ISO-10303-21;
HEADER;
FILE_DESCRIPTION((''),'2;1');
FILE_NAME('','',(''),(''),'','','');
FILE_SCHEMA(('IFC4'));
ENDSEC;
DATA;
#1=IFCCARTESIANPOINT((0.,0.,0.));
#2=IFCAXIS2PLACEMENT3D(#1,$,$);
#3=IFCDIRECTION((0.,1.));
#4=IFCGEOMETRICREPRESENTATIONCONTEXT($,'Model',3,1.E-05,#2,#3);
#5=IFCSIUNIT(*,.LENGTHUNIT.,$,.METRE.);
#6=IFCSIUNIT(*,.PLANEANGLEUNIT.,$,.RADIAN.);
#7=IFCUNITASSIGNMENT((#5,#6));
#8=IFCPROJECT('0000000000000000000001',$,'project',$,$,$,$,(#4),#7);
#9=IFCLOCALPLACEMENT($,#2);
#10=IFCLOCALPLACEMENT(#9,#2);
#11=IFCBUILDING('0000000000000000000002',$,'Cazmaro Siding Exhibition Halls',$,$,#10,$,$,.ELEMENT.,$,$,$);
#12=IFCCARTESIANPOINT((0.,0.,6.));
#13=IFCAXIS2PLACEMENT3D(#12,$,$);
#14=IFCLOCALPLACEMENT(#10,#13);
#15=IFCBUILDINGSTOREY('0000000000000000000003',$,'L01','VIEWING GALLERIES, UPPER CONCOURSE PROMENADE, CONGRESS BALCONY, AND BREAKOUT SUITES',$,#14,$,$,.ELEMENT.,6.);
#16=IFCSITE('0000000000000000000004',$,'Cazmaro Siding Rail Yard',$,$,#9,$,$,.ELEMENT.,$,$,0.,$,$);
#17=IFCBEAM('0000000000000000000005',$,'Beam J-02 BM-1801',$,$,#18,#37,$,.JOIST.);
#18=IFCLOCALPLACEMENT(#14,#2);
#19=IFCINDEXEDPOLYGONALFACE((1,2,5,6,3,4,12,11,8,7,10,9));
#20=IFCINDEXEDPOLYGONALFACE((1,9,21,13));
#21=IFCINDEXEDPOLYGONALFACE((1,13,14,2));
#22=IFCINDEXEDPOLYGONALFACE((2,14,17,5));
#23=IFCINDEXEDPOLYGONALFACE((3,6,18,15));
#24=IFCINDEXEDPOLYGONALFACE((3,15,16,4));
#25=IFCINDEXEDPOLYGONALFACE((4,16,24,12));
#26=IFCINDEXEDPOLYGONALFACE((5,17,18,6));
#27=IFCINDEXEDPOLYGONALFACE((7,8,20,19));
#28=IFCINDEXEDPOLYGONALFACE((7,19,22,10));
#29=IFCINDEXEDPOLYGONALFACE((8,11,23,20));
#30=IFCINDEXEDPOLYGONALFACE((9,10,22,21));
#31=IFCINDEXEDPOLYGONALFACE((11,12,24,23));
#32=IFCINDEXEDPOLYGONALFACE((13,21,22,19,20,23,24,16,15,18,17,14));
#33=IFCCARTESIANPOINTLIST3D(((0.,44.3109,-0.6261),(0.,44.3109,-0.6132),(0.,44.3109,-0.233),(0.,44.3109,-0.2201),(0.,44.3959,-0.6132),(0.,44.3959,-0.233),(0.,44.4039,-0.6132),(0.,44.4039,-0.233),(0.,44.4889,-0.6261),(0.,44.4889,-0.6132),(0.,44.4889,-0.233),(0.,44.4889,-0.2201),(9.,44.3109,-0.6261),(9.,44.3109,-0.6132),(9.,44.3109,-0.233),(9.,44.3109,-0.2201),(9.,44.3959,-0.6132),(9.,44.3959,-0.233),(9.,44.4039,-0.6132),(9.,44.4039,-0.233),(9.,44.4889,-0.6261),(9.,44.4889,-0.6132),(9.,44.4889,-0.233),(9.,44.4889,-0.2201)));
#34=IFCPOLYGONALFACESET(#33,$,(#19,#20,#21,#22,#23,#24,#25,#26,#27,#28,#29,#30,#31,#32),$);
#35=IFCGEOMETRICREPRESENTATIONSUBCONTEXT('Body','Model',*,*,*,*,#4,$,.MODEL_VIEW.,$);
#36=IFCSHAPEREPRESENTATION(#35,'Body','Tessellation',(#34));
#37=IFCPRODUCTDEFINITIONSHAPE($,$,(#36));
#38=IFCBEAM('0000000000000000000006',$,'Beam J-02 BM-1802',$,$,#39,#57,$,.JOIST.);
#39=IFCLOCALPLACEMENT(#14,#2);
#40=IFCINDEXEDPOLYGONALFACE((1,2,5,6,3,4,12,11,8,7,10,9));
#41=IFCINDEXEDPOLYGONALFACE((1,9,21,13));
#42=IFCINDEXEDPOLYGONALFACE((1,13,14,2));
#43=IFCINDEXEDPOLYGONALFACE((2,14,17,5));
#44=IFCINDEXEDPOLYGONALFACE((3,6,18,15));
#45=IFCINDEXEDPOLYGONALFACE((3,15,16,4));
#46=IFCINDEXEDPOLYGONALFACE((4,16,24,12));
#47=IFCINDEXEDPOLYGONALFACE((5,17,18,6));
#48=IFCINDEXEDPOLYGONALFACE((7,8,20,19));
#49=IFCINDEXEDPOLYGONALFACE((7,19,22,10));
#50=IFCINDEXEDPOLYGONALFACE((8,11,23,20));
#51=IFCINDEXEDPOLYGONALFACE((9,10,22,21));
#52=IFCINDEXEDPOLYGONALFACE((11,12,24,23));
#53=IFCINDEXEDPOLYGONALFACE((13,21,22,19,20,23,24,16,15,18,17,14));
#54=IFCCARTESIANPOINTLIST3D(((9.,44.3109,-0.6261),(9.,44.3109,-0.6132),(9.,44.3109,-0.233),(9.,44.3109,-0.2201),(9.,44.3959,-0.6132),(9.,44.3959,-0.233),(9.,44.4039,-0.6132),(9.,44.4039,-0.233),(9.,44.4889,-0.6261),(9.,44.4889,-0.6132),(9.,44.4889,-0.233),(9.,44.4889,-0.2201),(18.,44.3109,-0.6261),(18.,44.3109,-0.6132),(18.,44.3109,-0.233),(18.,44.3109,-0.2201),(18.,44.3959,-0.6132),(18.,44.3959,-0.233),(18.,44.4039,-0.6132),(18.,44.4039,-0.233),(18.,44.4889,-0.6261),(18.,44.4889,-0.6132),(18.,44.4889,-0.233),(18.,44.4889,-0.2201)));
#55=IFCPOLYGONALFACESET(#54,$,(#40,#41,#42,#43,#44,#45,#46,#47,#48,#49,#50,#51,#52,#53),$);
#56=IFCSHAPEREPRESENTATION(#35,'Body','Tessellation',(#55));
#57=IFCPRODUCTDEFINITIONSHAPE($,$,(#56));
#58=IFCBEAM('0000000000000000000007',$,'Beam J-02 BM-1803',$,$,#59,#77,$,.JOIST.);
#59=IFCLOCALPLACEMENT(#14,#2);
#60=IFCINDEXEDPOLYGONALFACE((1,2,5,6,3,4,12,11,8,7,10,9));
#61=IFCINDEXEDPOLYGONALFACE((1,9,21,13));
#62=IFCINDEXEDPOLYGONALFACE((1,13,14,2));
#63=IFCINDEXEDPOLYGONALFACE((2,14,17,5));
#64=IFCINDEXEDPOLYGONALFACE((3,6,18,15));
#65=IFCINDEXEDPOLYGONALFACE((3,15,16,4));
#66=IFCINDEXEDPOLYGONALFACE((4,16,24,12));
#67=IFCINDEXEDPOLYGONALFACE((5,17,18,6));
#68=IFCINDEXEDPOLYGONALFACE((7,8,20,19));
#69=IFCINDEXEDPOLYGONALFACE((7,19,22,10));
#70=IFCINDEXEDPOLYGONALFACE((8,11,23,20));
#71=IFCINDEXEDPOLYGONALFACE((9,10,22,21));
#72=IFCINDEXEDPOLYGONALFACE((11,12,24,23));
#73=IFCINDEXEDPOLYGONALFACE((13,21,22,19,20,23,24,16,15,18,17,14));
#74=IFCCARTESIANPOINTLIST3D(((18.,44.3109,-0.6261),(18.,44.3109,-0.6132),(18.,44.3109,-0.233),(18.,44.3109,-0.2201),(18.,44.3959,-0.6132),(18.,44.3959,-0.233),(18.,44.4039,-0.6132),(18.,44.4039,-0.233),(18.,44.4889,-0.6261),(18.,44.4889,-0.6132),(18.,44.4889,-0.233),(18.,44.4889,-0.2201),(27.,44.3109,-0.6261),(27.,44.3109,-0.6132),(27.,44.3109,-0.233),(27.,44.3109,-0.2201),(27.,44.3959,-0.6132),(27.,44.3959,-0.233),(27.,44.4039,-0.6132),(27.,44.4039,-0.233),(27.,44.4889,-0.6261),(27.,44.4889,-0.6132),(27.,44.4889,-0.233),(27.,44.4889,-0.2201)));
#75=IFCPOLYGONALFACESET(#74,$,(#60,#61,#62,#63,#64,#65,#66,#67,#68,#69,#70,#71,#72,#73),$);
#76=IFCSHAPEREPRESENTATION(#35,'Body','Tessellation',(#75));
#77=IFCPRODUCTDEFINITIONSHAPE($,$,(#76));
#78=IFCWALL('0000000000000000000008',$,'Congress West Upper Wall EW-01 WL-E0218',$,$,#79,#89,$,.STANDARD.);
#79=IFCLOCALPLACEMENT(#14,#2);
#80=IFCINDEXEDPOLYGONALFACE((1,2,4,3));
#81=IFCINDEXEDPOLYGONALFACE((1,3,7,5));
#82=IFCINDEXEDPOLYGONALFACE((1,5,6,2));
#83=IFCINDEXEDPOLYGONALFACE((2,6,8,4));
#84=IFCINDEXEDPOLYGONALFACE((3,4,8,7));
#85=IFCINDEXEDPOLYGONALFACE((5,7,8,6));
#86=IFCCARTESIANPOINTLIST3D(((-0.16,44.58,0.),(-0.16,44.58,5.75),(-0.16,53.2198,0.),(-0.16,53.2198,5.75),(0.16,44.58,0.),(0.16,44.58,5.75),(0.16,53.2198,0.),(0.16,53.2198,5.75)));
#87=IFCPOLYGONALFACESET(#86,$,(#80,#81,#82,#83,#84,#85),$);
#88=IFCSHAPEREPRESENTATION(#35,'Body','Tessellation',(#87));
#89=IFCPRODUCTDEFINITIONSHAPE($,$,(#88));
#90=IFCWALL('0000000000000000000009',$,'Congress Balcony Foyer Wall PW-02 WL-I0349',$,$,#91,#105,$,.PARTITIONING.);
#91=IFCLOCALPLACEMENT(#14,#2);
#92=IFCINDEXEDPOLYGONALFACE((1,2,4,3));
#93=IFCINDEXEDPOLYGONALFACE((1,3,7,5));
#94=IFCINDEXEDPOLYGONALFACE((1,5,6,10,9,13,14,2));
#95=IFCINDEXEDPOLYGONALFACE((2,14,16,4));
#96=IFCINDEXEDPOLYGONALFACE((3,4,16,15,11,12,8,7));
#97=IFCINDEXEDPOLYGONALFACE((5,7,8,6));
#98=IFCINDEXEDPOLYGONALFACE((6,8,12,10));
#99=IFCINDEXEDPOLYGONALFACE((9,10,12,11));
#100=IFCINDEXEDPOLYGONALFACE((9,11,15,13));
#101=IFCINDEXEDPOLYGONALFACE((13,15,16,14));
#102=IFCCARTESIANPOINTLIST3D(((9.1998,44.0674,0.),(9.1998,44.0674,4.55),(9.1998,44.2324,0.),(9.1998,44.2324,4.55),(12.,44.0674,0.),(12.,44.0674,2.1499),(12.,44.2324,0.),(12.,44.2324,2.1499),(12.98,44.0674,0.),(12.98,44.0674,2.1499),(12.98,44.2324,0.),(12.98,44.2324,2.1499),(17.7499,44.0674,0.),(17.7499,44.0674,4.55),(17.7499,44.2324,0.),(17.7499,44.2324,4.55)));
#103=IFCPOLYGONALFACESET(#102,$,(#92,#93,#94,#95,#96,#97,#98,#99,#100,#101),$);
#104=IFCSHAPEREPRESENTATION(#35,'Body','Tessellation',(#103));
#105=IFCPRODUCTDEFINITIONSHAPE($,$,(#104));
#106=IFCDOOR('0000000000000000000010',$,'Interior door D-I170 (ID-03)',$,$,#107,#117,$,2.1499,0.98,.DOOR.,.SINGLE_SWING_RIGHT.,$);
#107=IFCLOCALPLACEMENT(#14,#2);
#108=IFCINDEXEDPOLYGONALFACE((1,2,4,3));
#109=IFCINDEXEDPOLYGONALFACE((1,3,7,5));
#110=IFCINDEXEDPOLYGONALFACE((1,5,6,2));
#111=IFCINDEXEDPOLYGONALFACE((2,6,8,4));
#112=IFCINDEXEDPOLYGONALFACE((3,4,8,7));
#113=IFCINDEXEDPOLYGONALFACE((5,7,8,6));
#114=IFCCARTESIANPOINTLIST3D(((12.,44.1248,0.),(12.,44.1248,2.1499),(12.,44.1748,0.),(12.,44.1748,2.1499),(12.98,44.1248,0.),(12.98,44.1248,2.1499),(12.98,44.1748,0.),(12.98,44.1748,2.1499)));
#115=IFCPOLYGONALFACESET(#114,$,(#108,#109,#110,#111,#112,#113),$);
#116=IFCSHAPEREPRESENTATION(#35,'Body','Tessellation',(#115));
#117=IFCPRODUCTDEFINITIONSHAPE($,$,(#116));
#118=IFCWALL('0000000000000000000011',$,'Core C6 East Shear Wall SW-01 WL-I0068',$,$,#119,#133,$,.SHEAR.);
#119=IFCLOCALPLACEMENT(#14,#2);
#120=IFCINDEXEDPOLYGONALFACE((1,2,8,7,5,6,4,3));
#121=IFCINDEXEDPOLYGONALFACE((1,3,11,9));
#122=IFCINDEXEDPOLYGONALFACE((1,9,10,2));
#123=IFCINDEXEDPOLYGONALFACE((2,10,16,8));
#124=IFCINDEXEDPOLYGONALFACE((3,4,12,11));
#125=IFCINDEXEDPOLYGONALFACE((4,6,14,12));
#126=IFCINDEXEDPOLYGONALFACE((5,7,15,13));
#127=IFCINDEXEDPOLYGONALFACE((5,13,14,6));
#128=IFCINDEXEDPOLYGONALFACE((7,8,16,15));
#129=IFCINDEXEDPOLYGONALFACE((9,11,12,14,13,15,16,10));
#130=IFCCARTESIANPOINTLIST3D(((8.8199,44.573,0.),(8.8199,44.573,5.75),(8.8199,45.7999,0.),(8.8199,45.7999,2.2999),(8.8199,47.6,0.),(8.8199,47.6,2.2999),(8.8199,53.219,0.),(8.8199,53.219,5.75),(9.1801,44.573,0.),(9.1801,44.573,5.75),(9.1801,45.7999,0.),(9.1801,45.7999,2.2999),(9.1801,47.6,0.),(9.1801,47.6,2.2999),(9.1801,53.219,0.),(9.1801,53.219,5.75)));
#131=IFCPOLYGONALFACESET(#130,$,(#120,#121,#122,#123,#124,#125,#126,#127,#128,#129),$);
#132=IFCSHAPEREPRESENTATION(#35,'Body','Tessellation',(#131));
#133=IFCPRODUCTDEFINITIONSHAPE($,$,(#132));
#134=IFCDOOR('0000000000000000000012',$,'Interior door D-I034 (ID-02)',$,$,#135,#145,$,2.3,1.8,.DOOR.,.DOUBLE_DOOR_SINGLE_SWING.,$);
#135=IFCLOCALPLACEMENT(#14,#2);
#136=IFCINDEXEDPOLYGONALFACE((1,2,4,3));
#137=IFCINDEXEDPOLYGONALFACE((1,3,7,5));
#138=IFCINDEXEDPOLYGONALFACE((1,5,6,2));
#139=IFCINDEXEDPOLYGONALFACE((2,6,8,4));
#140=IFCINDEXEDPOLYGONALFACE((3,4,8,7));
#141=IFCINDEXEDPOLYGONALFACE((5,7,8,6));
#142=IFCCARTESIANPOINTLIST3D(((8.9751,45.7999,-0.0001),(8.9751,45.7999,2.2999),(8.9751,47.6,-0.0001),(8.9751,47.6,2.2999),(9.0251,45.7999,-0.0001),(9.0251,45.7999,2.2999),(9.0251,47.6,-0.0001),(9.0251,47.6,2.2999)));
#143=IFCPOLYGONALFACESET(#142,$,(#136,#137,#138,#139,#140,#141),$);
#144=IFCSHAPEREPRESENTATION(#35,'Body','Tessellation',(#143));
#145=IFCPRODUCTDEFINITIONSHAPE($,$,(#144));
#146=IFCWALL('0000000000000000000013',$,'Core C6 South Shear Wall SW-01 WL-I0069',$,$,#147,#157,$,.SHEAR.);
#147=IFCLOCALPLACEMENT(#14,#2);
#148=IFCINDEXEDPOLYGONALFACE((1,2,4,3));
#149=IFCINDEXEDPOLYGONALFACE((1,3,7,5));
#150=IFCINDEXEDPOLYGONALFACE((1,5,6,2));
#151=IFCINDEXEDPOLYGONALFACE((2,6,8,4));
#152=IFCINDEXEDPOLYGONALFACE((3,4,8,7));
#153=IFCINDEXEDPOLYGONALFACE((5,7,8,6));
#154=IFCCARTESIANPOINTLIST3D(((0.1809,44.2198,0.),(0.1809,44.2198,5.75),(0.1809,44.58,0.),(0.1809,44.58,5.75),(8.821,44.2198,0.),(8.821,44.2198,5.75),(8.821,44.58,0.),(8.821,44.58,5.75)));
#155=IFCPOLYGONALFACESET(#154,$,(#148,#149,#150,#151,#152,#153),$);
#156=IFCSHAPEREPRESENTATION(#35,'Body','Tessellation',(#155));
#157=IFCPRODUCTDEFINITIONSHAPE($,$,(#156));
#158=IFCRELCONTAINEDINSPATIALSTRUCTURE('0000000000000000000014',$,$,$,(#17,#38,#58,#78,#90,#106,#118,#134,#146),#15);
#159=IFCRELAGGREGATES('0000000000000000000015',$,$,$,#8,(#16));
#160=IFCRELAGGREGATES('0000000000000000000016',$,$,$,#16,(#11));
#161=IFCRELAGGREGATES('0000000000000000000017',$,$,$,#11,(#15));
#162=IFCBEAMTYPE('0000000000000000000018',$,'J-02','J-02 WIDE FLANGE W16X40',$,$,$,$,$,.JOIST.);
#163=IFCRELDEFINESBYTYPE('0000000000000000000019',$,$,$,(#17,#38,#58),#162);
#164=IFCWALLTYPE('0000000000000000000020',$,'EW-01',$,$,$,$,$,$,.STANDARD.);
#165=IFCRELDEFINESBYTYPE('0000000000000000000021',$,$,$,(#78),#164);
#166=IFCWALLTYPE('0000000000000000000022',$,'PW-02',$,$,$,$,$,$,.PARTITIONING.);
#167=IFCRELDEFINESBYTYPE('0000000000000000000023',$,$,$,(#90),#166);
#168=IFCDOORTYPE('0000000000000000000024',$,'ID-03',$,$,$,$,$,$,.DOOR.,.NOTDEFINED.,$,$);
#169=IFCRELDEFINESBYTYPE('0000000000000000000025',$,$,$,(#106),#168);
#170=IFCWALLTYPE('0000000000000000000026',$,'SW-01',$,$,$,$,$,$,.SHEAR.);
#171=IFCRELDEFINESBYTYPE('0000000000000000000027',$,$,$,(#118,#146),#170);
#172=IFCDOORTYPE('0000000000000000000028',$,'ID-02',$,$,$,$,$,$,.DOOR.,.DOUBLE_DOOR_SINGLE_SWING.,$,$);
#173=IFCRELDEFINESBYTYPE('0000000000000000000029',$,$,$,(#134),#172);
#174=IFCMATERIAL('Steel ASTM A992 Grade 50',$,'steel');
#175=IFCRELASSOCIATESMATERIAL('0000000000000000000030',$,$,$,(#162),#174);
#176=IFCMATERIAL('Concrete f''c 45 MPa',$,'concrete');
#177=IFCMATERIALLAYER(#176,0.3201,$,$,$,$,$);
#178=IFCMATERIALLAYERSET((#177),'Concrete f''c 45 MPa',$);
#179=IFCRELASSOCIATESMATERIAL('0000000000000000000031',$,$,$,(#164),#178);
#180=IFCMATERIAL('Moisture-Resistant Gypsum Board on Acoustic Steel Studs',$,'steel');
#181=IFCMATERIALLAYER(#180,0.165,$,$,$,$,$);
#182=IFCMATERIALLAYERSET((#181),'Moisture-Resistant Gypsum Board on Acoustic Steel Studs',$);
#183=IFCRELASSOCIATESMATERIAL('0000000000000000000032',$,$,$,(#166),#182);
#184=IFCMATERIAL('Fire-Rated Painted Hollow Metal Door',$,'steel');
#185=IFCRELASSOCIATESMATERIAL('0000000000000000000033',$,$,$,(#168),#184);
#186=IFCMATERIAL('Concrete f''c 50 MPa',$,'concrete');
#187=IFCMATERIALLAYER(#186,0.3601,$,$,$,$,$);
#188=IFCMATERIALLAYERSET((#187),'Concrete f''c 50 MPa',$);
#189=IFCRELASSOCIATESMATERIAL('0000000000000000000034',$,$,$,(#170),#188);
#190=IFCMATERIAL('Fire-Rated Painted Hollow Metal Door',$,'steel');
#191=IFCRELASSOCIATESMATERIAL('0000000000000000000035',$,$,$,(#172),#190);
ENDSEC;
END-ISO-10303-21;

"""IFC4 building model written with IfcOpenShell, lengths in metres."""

from ifc_helpers import new_model, si_unit, direction, frame, frame_2d, origin, origin_2d, place, context, subcontext, project, spatial, rectangle, i_section, extrude, material, layer, layer_set, material_profile, profile_set, type_object, element, fill, save


model = new_model("IFC4")

# Units and contexts
model_context = context("Model", 3, precision=1e-05, world=origin(), true_north=direction((0.0, 1.0)))
body_context = subcontext(model_context, "Body", "Model", "MODEL_VIEW")
ifc_project = project(units=[si_unit("LENGTHUNIT", "METRE"), si_unit("PLANEANGLEUNIT", "RADIAN")], contexts=[model_context])

# Site, building, storey
site_placement = place(None, origin())
site = spatial("IfcSite", under=ifc_project, at=site_placement, Name="Cazmaro Siding Rail Yard", CompositionType="ELEMENT", RefElevation=0.0)
building_placement = place(site_placement, origin())
building = spatial("IfcBuilding", under=site, at=building_placement, Name="Cazmaro Siding Exhibition Halls", CompositionType="ELEMENT")
storey_placement = place(building_placement, frame((0.0, 0.0, 6.0)))
storey = spatial("IfcBuildingStorey", under=building, at=storey_placement, Name="L01", Description="VIEWING GALLERIES, UPPER CONCOURSE PROMENADE, CONGRESS BALCONY, AND BREAKOUT SUITES", CompositionType="ELEMENT", Elevation=6.0)

# Beams
ifc_material_1 = material(Name="Steel ASTM A992 Grade 50", Category="steel")
ifc_material_profile_1 = material_profile(ifc_material_1, i_section(OverallWidth=0.178, OverallDepth=0.406, WebThickness=0.0081, FlangeThickness=0.0129, at=origin_2d()), Name="W16X40")
ifc_profile_set_1 = profile_set([ifc_material_profile_1], Name="Steel ASTM A992 Grade 50")
beam_type_1 = type_object("IfcBeamType", Name="J-02", Description="J-02 WIDE FLANGE W16X40", PredefinedType="JOIST", material=ifc_profile_set_1)
for number, where, z_axis, x_axis, name in (
    (1, (0.0, 44.3999, -0.4231), (1.0, 0.0, 0.0), (0.0, 1.0, 0.0), "Beam J-02 BM-1801"),
    (2, (9.0, 44.3999, -0.4231), (1.0, 0.0, 0.0), (0.0, 1.0, 0.0), "Beam J-02 BM-1802"),
    (3, (18.0, 44.3999, -0.4231), (1.0, 0.0, 0.0), (0.0, 1.0, 0.0), "Beam J-02 BM-1803"),
):
    element("IfcBeam", number, at=place(storey_placement, frame(where, z_axis=z_axis, x_axis=x_axis)), inside=storey, type_object=beam_type_1, Name=name, PredefinedType="JOIST", context=body_context, shape_type="SweptSolid", body=[
        extrude(i_section(OverallWidth=0.178, OverallDepth=0.406, WebThickness=0.0081, FlangeThickness=0.0129, at=origin_2d()), origin(), (0.0, 0.0, 1.0), 9.0),
    ])

# Wall
ifc_material_2 = material(Name="Concrete f'c 45 MPa", Category="concrete")
ifc_layer_1 = layer(ifc_material_2, 0.3201)
ifc_layer_set_1 = layer_set([ifc_layer_1], Name="Concrete f'c 45 MPa")
wall_type_1 = type_object("IfcWallType", Name="EW-01", PredefinedType="STANDARD", material=ifc_layer_set_1)
wall_1_placement = place(storey_placement, frame((0.0, 44.5801, 0.0), z_axis=(0.0, 0.0, 1.0), x_axis=(0.0, 1.0, 0.0)))
element("IfcWall", 4, at=wall_1_placement, inside=storey, type_object=wall_type_1, Name="Congress West Upper Wall EW-01 WL-E0218", PredefinedType="STANDARD", context=body_context, shape_type="SweptSolid", body=[
    extrude(rectangle(XDim=8.6399, YDim=0.3201, at=frame_2d((4.3198, 0.0))), origin(), (0.0, 0.0, 1.0), 5.75),
])

# Walls, openings, doors
ifc_material_3 = material(Name="Moisture-Resistant Gypsum Board on Acoustic Steel Studs", Category="steel")
ifc_layer_2 = layer(ifc_material_3, 0.165)
ifc_layer_set_2 = layer_set([ifc_layer_2], Name="Moisture-Resistant Gypsum Board on Acoustic Steel Studs")
wall_type_2 = type_object("IfcWallType", Name="PW-02", PredefinedType="PARTITIONING", material=ifc_layer_set_2)
wall_2_placement = place(storey_placement, frame((9.2, 44.1499, 0.0), z_axis=(0.0, 0.0, 1.0), x_axis=(1.0, 0.0, 0.0)))
wall_2 = element("IfcWall", 5, at=wall_2_placement, inside=storey, type_object=wall_type_2, Name="Congress Balcony Foyer Wall PW-02 WL-I0349", PredefinedType="PARTITIONING", context=body_context, shape_type="SweptSolid", body=[
    extrude(rectangle(XDim=8.55, YDim=0.165, at=frame_2d((4.2749, 0.0))), origin(), (0.0, 0.0, 1.0), 4.55),
])
opening_1_placement = place(wall_2_placement, frame((2.8, 0.0, 0.0)))
opening_1 = element("IfcOpeningElement", 6, at=opening_1_placement, cuts=wall_2, PredefinedType="OPENING", context=body_context, shape_type="SweptSolid", body=[
    extrude(rectangle(XDim=0.98, YDim=2.1499, at=frame_2d((0.49, 1.075))), frame((0.0, 0.0925, 0.0), z_axis=(0.0, -1.0, 0.0), x_axis=(1.0, 0.0, 0.0)), (0.0, 0.0, 1.0), 0.1851),
])
ifc_material_4 = material(Name="Fire-Rated Painted Hollow Metal Door", Category="steel")
door_type_1 = type_object("IfcDoorType", Name="ID-03", OperationType="NOTDEFINED", PredefinedType="DOOR", material=ifc_material_4)
door_1_placement = place(opening_1_placement, origin())
door_1 = element("IfcDoor", 7, at=door_1_placement, inside=storey, type_object=door_type_1, Name="Interior door D-I170 (ID-03)", OperationType="SINGLE_SWING_RIGHT", OverallHeight=2.1499, OverallWidth=0.98, PredefinedType="DOOR", context=body_context, shape_type="SweptSolid", body=[
    extrude(rectangle(XDim=0.98, YDim=2.1499, at=frame_2d((0.49, 1.075))), frame((0.0, 0.0249, 0.0), z_axis=(0.0, -1.0, 0.0), x_axis=(1.0, 0.0, 0.0)), (0.0, 0.0, 1.0), 0.05),
])
fill(opening_1, door_1)
ifc_material_5 = material(Name="Concrete f'c 50 MPa", Category="concrete")
ifc_layer_3 = layer(ifc_material_5, 0.3601)
ifc_layer_set_3 = layer_set([ifc_layer_3], Name="Concrete f'c 50 MPa")
wall_type_3 = type_object("IfcWallType", Name="SW-01", PredefinedType="SHEAR", material=ifc_layer_set_3)
wall_3_placement = place(storey_placement, frame((9.0, 44.573, 0.0), z_axis=(0.0, 0.0, 1.0), x_axis=(0.0, 1.0, 0.0)))
wall_3 = element("IfcWall", 8, at=wall_3_placement, inside=storey, type_object=wall_type_3, Name="Core C6 East Shear Wall SW-01 WL-I0068", PredefinedType="SHEAR", context=body_context, shape_type="SweptSolid", body=[
    extrude(rectangle(XDim=8.646, YDim=0.3601, at=frame_2d((4.323, 0.0))), origin(), (0.0, 0.0, 1.0), 5.75),
])
opening_2_placement = place(wall_3_placement, frame((1.2271, 0.0, 0.0)))
opening_2 = element("IfcOpeningElement", 9, at=opening_2_placement, cuts=wall_3, PredefinedType="OPENING", context=body_context, shape_type="SweptSolid", body=[
    extrude(rectangle(XDim=1.8, YDim=2.3, at=frame_2d((0.8999, 1.1499))), frame((0.0, 0.1899, 0.0), z_axis=(0.0, -1.0, 0.0), x_axis=(1.0, 0.0, 0.0)), (0.0, 0.0, 1.0), 0.3801),
])
ifc_material_6 = material(Name="Fire-Rated Painted Hollow Metal Door", Category="steel")
door_type_2 = type_object("IfcDoorType", Name="ID-02", OperationType="DOUBLE_DOOR_SINGLE_SWING", PredefinedType="DOOR", material=ifc_material_6)
door_2_placement = place(opening_2_placement, origin())
door_2 = element("IfcDoor", 10, at=door_2_placement, inside=storey, type_object=door_type_2, Name="Interior door D-I034 (ID-02)", OperationType="DOUBLE_DOOR_SINGLE_SWING", OverallHeight=2.3, OverallWidth=1.8, PredefinedType="DOOR", context=body_context, shape_type="SweptSolid", body=[
    extrude(rectangle(XDim=1.8, YDim=2.3, at=frame_2d((0.8999, 1.1499))), frame((0.0, 0.0249, 0.0), z_axis=(0.0, -1.0, 0.0), x_axis=(1.0, 0.0, 0.0)), (0.0, 0.0, 1.0), 0.05),
])
fill(opening_2, door_2)

# Wall
wall_4_placement = place(storey_placement, frame((0.1809, 44.3999, 0.0), z_axis=(0.0, 0.0, 1.0), x_axis=(1.0, 0.0, 0.0)))
element("IfcWall", 11, at=wall_4_placement, inside=storey, type_object=wall_type_3, Name="Core C6 South Shear Wall SW-01 WL-I0069", PredefinedType="SHEAR", context=body_context, shape_type="SweptSolid", body=[
    extrude(rectangle(XDim=8.6401, YDim=0.3601, at=frame_2d((4.3201, 0.0))), origin(), (0.0, 0.0, 1.0), 5.75),
])

save(model, "model.ifc")
